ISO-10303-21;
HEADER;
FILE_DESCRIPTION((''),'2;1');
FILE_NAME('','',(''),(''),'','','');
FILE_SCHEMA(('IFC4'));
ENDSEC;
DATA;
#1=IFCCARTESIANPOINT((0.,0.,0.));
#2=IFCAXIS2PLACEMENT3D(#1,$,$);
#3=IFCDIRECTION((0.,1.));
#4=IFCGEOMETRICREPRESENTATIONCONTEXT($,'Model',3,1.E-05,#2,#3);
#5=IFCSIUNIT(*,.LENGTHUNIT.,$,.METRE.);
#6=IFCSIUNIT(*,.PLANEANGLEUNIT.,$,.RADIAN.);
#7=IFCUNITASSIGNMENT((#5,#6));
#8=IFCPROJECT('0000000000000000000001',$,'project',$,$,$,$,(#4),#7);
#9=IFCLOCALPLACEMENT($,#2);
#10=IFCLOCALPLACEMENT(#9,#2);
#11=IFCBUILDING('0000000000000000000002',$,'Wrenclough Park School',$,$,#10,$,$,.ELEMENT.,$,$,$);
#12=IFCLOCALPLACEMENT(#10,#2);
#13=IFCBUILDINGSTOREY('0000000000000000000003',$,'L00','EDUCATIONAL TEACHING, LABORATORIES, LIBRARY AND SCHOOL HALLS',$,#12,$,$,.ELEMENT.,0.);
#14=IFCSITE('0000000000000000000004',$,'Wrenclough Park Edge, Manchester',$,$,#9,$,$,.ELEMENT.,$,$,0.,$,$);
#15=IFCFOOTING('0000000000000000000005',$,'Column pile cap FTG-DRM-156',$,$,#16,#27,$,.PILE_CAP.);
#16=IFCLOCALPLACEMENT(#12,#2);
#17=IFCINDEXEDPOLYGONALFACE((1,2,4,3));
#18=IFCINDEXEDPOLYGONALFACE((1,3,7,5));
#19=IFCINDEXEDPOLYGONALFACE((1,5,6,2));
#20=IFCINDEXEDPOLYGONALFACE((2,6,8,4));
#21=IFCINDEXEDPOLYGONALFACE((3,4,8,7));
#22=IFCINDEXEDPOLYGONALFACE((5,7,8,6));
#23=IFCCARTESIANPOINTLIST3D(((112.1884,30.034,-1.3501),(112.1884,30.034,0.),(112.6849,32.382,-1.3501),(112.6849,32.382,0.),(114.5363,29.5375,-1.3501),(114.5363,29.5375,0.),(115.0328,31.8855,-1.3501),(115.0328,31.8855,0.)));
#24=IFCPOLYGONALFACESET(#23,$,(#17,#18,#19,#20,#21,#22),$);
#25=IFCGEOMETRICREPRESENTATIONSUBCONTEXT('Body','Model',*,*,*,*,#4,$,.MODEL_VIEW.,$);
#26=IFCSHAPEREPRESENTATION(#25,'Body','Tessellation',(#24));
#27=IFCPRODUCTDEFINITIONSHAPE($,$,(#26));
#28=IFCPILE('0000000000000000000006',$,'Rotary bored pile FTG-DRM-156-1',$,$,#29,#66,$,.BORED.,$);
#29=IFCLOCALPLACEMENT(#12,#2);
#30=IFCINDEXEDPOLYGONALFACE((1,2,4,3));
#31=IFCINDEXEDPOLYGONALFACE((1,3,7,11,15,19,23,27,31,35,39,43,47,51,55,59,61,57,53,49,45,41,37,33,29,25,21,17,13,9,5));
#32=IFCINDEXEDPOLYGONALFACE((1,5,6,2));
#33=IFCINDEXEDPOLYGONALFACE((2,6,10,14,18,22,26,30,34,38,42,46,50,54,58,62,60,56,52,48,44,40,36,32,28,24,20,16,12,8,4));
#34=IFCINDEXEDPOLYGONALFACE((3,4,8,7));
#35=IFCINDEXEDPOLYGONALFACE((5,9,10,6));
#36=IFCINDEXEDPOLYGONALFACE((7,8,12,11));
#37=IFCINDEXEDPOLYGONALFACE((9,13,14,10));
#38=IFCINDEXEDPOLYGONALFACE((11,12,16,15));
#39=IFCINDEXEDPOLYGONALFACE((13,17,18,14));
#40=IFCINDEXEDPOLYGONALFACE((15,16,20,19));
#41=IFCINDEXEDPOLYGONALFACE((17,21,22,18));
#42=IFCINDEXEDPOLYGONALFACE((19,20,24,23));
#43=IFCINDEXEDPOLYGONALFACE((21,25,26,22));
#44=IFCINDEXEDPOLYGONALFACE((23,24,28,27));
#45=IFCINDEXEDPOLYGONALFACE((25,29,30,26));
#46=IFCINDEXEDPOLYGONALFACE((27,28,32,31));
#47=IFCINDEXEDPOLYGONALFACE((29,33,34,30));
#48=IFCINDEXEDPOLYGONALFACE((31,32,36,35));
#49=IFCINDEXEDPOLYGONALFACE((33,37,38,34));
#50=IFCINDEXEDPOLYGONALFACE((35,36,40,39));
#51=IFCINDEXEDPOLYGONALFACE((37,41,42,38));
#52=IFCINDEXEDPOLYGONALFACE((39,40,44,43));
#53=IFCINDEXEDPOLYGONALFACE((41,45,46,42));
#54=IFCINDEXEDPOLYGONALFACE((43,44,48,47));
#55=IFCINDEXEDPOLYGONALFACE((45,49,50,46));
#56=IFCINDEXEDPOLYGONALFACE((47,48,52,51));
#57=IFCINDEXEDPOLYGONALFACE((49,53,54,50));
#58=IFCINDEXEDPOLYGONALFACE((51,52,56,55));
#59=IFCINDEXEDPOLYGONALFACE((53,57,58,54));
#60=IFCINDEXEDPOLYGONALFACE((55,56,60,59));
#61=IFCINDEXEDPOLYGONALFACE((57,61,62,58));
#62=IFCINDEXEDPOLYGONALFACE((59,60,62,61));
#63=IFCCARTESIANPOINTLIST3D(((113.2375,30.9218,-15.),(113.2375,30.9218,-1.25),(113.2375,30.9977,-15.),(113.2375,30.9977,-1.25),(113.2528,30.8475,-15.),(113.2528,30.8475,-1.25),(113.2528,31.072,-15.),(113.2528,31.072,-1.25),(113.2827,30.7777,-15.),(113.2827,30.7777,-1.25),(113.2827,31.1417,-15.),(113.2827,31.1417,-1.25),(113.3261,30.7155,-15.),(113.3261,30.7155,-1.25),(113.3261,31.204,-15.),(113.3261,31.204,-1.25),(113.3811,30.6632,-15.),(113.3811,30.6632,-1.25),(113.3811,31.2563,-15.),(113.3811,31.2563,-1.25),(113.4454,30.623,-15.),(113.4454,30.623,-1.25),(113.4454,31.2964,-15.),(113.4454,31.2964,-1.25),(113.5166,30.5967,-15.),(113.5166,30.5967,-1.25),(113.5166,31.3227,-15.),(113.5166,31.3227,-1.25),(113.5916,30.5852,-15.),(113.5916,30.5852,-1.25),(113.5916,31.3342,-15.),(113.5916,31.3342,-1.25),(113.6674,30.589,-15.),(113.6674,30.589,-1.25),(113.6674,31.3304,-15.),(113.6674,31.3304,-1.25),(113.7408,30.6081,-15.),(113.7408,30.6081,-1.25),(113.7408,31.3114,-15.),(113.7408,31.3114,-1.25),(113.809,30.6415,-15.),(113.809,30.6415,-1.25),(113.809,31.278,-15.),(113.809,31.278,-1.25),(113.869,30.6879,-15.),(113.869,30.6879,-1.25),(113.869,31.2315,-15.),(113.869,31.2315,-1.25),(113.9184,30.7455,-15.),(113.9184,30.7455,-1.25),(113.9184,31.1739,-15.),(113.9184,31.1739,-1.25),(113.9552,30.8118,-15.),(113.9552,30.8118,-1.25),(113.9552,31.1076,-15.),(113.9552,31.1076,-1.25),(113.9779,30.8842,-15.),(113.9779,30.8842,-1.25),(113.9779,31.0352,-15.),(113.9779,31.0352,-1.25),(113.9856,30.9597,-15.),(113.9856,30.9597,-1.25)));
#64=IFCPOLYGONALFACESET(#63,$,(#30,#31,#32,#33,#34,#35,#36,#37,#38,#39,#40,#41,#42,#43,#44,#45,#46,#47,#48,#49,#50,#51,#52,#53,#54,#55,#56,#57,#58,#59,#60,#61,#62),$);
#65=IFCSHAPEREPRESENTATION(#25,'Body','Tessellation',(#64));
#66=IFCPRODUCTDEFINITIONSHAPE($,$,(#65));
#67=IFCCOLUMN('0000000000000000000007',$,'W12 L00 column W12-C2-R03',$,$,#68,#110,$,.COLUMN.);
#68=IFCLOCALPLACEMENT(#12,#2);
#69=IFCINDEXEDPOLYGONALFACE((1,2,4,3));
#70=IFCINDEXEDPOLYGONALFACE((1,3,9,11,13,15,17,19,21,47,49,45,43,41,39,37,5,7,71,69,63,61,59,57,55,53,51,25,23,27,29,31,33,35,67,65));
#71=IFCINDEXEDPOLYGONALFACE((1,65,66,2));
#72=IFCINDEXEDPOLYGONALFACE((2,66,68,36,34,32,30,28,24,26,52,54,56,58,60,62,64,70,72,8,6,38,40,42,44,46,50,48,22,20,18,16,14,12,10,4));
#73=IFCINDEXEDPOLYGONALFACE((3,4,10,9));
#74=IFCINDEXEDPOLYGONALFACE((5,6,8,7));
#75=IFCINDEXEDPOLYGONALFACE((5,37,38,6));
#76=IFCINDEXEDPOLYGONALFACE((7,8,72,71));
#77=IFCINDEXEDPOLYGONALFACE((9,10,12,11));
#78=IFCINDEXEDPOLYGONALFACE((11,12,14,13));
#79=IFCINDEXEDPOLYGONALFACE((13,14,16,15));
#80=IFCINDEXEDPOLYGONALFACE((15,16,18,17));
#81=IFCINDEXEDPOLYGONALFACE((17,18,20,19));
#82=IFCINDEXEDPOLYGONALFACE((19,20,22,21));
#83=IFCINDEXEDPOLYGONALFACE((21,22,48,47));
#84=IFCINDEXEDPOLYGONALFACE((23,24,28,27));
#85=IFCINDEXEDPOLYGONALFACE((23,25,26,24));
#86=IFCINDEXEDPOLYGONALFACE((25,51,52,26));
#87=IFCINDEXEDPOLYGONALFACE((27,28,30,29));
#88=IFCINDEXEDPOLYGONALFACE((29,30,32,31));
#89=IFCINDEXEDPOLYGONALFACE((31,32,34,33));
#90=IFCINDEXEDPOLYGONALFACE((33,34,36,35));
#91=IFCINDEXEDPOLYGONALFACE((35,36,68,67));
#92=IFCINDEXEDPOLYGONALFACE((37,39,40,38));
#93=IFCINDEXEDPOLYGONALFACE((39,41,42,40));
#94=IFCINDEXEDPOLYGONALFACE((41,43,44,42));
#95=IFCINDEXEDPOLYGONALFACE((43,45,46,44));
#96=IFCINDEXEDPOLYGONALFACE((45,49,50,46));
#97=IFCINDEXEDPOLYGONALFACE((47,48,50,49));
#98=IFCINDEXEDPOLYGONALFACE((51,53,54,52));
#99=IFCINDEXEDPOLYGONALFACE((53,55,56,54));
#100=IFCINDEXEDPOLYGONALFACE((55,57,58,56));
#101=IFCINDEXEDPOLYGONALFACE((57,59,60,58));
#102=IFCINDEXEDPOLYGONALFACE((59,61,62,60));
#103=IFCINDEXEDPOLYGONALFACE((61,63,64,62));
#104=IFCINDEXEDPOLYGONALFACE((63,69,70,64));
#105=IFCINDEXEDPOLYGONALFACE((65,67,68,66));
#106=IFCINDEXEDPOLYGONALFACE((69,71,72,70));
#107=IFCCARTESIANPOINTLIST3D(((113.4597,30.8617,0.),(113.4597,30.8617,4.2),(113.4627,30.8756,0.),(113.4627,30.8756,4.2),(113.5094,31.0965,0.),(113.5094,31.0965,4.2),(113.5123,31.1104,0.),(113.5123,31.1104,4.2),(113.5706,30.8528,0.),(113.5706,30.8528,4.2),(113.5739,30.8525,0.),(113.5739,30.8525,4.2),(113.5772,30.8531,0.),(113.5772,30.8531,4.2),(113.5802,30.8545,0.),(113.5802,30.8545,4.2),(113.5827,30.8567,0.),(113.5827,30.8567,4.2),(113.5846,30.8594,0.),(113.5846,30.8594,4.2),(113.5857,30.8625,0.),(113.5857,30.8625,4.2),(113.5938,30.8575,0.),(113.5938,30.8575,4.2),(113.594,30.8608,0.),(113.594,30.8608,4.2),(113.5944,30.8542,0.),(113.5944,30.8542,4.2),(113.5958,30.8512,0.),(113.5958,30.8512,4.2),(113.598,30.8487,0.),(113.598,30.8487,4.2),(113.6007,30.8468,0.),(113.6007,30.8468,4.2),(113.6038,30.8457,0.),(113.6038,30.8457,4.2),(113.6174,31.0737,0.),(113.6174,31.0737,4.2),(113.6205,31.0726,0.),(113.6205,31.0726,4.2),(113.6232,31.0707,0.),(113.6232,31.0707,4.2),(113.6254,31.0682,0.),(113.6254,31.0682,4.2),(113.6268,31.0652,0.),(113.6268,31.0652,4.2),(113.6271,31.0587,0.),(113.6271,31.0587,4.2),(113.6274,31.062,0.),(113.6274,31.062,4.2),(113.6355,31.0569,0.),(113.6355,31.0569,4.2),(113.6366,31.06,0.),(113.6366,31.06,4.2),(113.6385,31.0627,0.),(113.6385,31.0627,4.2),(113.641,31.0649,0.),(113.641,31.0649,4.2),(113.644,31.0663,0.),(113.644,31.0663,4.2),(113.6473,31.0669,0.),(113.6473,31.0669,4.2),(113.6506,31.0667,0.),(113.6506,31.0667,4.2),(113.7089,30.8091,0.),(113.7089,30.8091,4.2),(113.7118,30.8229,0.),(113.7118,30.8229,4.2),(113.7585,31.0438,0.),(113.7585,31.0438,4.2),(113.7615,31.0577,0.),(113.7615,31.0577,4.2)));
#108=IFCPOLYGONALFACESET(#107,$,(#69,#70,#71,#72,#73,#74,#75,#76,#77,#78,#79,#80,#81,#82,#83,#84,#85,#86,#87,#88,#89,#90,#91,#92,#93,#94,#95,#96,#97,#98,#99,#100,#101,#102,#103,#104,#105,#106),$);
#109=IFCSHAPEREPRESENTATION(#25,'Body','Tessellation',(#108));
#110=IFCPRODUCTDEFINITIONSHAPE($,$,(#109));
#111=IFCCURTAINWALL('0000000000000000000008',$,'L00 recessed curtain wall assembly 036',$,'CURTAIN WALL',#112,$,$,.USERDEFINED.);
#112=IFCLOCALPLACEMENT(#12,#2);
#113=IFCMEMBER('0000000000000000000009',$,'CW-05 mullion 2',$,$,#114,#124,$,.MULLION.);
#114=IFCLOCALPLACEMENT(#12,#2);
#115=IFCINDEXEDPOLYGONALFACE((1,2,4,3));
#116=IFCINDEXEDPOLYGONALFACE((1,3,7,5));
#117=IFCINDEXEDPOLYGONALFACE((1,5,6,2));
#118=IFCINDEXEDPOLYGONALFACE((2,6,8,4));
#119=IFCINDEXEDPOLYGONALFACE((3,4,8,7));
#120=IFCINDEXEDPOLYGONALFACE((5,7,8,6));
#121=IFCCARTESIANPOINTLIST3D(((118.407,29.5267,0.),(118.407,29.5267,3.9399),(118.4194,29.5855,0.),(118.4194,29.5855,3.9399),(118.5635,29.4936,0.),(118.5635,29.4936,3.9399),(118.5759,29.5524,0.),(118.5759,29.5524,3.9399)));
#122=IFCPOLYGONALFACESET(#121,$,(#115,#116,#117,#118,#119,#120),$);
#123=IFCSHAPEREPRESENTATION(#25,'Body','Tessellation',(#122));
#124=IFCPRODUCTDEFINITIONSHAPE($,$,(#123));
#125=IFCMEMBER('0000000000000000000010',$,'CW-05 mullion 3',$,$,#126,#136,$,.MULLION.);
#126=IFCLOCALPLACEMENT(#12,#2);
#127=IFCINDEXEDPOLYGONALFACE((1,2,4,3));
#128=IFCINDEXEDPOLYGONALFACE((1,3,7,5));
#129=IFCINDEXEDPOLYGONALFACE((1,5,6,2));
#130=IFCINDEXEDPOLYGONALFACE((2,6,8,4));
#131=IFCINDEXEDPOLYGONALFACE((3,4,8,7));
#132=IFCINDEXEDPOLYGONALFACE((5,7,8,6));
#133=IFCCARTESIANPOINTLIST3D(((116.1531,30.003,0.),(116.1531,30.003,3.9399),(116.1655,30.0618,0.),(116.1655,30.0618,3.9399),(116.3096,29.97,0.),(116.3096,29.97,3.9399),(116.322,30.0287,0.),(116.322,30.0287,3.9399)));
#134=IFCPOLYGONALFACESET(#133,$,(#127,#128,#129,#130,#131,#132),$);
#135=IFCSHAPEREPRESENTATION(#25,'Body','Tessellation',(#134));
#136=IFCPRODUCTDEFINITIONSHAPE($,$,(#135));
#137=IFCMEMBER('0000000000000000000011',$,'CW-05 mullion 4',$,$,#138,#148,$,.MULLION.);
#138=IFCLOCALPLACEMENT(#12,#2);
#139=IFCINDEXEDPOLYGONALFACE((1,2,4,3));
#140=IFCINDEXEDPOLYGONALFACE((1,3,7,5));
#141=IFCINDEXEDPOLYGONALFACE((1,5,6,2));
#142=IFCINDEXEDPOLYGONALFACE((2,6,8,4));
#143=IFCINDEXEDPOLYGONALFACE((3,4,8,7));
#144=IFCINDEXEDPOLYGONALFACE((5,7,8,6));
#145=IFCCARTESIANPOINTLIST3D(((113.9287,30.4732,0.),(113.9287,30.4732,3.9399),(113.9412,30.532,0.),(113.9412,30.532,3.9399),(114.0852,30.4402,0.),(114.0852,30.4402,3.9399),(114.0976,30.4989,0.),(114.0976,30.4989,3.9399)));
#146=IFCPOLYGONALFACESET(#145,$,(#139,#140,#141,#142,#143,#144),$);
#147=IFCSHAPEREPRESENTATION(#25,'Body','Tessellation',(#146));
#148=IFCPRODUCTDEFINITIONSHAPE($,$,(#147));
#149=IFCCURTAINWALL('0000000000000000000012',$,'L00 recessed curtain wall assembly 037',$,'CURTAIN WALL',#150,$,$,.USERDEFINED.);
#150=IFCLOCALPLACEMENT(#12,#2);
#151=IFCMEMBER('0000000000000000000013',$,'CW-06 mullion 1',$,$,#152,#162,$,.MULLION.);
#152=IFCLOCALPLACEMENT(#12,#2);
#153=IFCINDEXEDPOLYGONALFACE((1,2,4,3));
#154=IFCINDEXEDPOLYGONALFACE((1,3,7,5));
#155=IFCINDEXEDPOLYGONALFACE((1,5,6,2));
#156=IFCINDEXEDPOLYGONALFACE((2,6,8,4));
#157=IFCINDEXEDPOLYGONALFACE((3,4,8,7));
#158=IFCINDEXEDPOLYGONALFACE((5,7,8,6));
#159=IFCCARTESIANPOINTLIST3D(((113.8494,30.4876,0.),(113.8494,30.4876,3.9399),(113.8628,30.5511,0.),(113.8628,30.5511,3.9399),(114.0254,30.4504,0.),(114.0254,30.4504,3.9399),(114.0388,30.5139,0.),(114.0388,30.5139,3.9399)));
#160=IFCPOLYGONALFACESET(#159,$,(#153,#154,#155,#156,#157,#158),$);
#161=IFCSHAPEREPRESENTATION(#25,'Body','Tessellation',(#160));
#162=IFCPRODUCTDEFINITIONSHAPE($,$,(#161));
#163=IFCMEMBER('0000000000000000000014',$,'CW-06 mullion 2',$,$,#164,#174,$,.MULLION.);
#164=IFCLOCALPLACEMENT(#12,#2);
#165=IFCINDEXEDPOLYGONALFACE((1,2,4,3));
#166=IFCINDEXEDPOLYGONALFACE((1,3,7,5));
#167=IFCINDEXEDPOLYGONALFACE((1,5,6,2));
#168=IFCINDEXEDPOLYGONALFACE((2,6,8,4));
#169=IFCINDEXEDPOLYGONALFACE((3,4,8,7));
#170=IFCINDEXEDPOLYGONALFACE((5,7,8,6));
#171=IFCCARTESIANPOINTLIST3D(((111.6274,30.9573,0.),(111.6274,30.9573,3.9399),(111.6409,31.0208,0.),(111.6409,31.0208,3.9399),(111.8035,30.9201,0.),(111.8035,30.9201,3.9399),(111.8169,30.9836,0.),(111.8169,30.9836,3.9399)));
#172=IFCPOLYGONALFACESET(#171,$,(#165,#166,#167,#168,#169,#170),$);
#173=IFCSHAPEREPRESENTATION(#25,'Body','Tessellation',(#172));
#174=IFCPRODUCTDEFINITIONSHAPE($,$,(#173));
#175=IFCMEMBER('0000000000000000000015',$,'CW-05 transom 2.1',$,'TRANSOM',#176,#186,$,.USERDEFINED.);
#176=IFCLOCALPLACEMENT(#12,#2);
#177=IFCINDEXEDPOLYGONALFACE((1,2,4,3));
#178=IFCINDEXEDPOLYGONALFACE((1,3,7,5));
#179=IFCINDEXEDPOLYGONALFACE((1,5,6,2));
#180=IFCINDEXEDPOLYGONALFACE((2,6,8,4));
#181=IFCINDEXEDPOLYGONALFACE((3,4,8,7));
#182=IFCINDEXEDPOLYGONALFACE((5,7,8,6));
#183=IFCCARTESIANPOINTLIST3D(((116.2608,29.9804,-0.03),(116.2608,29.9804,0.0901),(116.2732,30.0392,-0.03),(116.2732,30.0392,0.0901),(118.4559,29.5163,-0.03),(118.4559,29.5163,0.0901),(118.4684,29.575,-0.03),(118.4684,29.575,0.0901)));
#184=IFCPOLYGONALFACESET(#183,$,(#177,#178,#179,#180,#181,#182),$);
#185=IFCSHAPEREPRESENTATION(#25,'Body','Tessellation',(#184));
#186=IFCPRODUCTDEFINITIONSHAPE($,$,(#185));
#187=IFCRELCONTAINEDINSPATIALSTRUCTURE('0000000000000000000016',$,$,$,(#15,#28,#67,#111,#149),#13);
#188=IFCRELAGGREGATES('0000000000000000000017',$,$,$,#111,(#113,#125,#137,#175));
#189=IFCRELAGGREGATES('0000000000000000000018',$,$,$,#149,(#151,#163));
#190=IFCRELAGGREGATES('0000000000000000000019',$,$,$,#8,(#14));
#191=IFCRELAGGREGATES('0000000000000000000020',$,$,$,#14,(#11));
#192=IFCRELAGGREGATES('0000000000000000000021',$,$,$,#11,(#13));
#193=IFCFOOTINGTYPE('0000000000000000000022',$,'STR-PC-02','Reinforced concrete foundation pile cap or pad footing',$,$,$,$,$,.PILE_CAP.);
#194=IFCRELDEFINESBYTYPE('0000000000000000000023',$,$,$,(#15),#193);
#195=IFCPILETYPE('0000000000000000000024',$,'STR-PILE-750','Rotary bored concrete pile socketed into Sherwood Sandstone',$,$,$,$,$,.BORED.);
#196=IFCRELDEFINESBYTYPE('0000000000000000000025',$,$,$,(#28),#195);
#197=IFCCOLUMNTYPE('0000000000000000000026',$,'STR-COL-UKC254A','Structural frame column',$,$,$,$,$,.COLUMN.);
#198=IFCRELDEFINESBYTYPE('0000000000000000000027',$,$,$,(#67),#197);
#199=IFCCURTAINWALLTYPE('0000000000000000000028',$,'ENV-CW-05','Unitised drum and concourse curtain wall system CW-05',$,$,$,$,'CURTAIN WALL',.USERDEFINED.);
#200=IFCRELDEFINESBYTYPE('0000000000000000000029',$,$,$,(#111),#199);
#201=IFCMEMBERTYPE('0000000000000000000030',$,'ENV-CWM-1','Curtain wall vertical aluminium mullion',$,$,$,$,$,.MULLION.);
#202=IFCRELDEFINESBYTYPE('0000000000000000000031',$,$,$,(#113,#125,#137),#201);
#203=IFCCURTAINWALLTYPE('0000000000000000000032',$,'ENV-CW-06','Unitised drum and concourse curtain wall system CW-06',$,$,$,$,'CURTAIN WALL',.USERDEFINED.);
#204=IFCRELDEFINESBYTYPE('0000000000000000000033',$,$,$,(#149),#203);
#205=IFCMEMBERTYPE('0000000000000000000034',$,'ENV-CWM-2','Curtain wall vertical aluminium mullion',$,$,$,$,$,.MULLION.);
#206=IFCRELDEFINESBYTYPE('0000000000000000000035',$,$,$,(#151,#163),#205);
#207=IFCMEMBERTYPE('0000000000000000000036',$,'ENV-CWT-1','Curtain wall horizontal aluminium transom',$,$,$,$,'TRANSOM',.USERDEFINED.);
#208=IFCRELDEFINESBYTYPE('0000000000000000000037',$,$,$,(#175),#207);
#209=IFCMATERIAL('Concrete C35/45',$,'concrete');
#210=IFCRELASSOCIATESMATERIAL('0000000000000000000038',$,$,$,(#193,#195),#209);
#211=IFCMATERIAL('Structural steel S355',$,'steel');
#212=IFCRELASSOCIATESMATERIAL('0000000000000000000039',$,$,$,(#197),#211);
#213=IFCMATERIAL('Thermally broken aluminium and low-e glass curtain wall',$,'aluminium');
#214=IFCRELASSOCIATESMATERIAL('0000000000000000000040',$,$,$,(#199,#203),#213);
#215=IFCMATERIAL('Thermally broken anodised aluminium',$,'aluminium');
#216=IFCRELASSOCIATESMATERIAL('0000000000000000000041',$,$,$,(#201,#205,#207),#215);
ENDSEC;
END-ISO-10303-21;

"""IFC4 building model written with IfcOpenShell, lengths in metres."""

from ifc_helpers import new_model, si_unit, direction, frame, origin, origin_2d, place, context, subcontext, project, spatial, rectangle, circle, i_section, extrude, material, material_profile, profile_set, type_object, element, aggregate, save


model = new_model("IFC4")

# Units and contexts
model_context = context("Model", 3, precision=1e-05, world=origin(), true_north=direction((0.0, 1.0)))
body_context = subcontext(model_context, "Body", "Model", "MODEL_VIEW")
ifc_project = project(units=[si_unit("LENGTHUNIT", "METRE"), si_unit("PLANEANGLEUNIT", "RADIAN")], contexts=[model_context])

# Site, building, storey
site_placement = place(None, origin())
site = spatial("IfcSite", under=ifc_project, at=site_placement, Name="Wrenclough Park Edge, Manchester", CompositionType="ELEMENT", RefElevation=0.0)
building_placement = place(site_placement, origin())
building = spatial("IfcBuilding", under=site, at=building_placement, Name="Wrenclough Park School", CompositionType="ELEMENT")
storey_placement = place(building_placement, origin())
storey = spatial("IfcBuildingStorey", under=building, at=storey_placement, Name="L00", Description="EDUCATIONAL TEACHING, LABORATORIES, LIBRARY AND SCHOOL HALLS", CompositionType="ELEMENT", Elevation=0.0)

# Footing
ifc_material_1 = material(Name="Concrete C35/45", Category="concrete")
footing_type = type_object("IfcFootingType", Name="STR-PC-02", Description="Reinforced concrete foundation pile cap or pad footing", PredefinedType="PILE_CAP", material=ifc_material_1)
footing_placement = place(storey_placement, frame((113.6106, 30.9597, -1.3501), z_axis=(0.0, 0.0, 1.0), x_axis=(0.978365, -0.206887, 0.0)))
element("IfcFooting", 1, at=footing_placement, inside=storey, type_object=footing_type, Name="Column pile cap FTG-DRM-156", PredefinedType="PILE_CAP", context=body_context, shape_type="SweptSolid", body=[
    extrude(rectangle(XDim=2.3999, YDim=2.3999, at=origin_2d()), origin(), (0.0, 0.0, 1.0), 1.3501),
])

# Pile
ifc_material_profile_1 = material_profile(ifc_material_1, circle(Radius=0.375, at=origin_2d()), Name="BORED PILE D750")
ifc_profile_set_1 = profile_set([ifc_material_profile_1], Name="Concrete C35/45")
pile_type = type_object("IfcPileType", Name="STR-PILE-750", Description="Rotary bored concrete pile socketed into Sherwood Sandstone", PredefinedType="BORED", material=ifc_profile_set_1)
pile_placement = place(storey_placement, frame((113.6106, 30.9597, -1.25), z_axis=(0.0, 0.0, -1.0), x_axis=(1.0, 0.0, 0.0)))
element("IfcPile", 2, at=pile_placement, inside=storey, type_object=pile_type, Name="Rotary bored pile FTG-DRM-156-1", PredefinedType="BORED", context=body_context, shape_type="SweptSolid", body=[
    extrude(circle(Radius=0.375, at=origin_2d()), origin(), (0.0, 0.0, 1.0), 13.75),
])

# Column
ifc_material_2 = material(Name="Structural steel S355", Category="steel")
ifc_material_profile_2 = material_profile(ifc_material_2, i_section(OverallWidth=0.2546, OverallDepth=0.2542, WebThickness=0.0085, FlangeThickness=0.0142, FilletRadius=0.0127, at=origin_2d()), Name="UKC 254x254x73")
ifc_profile_set_2 = profile_set([ifc_material_profile_2], Name="Structural steel S355")
column_type = type_object("IfcColumnType", Name="STR-COL-UKC254A", Description="Structural frame column", PredefinedType="COLUMN", material=ifc_profile_set_2)
column_placement = place(storey_placement, frame((113.6106, 30.9597, 0.0), z_axis=(0.0, 0.0, 1.0), x_axis=(0.978365, -0.206887, 0.0)))
element("IfcColumn", 3, at=column_placement, inside=storey, type_object=column_type, Name="W12 L00 column W12-C2-R03", PredefinedType="COLUMN", context=body_context, shape_type="SweptSolid", body=[
    extrude(i_section(OverallWidth=0.2546, OverallDepth=0.2542, WebThickness=0.0085, FlangeThickness=0.0142, FilletRadius=0.0127, at=origin_2d()), origin(), (0.0, 0.0, 1.0), 4.2),
])

# Curtain walls, members
ifc_material_3 = material(Name="Thermally broken aluminium and low-e glass curtain wall", Category="aluminium")
curtain_wall_type_1 = type_object("IfcCurtainWallType", Name="ENV-CW-05", Description="Unitised drum and concourse curtain wall system CW-05", ElementType="CURTAIN WALL", PredefinedType="USERDEFINED", material=ifc_material_3)
curtain_wall_1_placement = place(storey_placement, origin())
curtain_wall_1 = element("IfcCurtainWall", 4, at=curtain_wall_1_placement, inside=storey, type_object=curtain_wall_type_1, Name="L00 recessed curtain wall assembly 036", ObjectType="CURTAIN WALL", PredefinedType="USERDEFINED")
ifc_material_4 = material(Name="Thermally broken anodised aluminium", Category="aluminium")
ifc_material_profile_3 = material_profile(ifc_material_4, rectangle(XDim=0.0601, YDim=0.1599, at=origin_2d()), Name="AL MULLION 60x160")
ifc_profile_set_3 = profile_set([ifc_material_profile_3], Name="Thermally broken anodised aluminium")
member_type_1 = type_object("IfcMemberType", Name="ENV-CWM-1", Description="Curtain wall vertical aluminium mullion", PredefinedType="MULLION", material=ifc_profile_set_3)
member_1_placement = place(storey_placement, frame((118.4915, 29.5396, 0.0), z_axis=(0.0, 0.0, 1.0), x_axis=(-0.206815, -0.97838, 0.0)))
member_1 = element("IfcMember", 5, at=member_1_placement, type_object=member_type_1, Name="CW-05 mullion 2", PredefinedType="MULLION", context=body_context, shape_type="SweptSolid", body=[
    extrude(rectangle(XDim=0.0601, YDim=0.1599, at=origin_2d()), origin(), (0.0, 0.0, 1.0), 3.9399),
])
member_2_placement = place(storey_placement, frame((116.2375, 30.0159, 0.0), z_axis=(0.0, 0.0, 1.0), x_axis=(-0.206815, -0.97838, 0.0)))
member_2 = element("IfcMember", 6, at=member_2_placement, type_object=member_type_1, Name="CW-05 mullion 3", PredefinedType="MULLION", context=body_context, shape_type="SweptSolid", body=[
    extrude(rectangle(XDim=0.0601, YDim=0.1599, at=origin_2d()), origin(), (0.0, 0.0, 1.0), 3.9399),
])
member_3_placement = place(storey_placement, frame((114.0132, 30.4861, 0.0), z_axis=(0.0, 0.0, 1.0), x_axis=(-0.206815, -0.97838, 0.0)))
member_3 = element("IfcMember", 7, at=member_3_placement, type_object=member_type_1, Name="CW-05 mullion 4", PredefinedType="MULLION", context=body_context, shape_type="SweptSolid", body=[
    extrude(rectangle(XDim=0.0601, YDim=0.1599, at=origin_2d()), origin(), (0.0, 0.0, 1.0), 3.9399),
])
curtain_wall_type_2 = type_object("IfcCurtainWallType", Name="ENV-CW-06", Description="Unitised drum and concourse curtain wall system CW-06", ElementType="CURTAIN WALL", PredefinedType="USERDEFINED", material=ifc_material_3)
curtain_wall_2_placement = place(storey_placement, origin())
curtain_wall_2 = element("IfcCurtainWall", 8, at=curtain_wall_2_placement, inside=storey, type_object=curtain_wall_type_2, Name="L00 recessed curtain wall assembly 037", ObjectType="CURTAIN WALL", PredefinedType="USERDEFINED")
ifc_material_profile_4 = material_profile(ifc_material_4, rectangle(XDim=0.0649, YDim=0.1799, at=origin_2d()), Name="AL MULLION 65x180")
ifc_profile_set_4 = profile_set([ifc_material_profile_4], Name="Thermally broken anodised aluminium")
member_type_2 = type_object("IfcMemberType", Name="ENV-CWM-2", Description="Curtain wall vertical aluminium mullion", PredefinedType="MULLION", material=ifc_profile_set_4)
member_4_placement = place(storey_placement, frame((113.9441, 30.5007, 0.0), z_axis=(0.0, 0.0, 1.0), x_axis=(-0.206818, -0.978379, 0.0)))
member_4 = element("IfcMember", 9, at=member_4_placement, type_object=member_type_2, Name="CW-06 mullion 1", PredefinedType="MULLION", context=body_context, shape_type="SweptSolid", body=[
    extrude(rectangle(XDim=0.0649, YDim=0.1799, at=origin_2d()), origin(), (0.0, 0.0, 1.0), 3.9399),
])
member_5_placement = place(storey_placement, frame((111.7222, 30.9705, 0.0), z_axis=(0.0, 0.0, 1.0), x_axis=(-0.206818, -0.978379, 0.0)))
member_5 = element("IfcMember", 10, at=member_5_placement, type_object=member_type_2, Name="CW-06 mullion 2", PredefinedType="MULLION", context=body_context, shape_type="SweptSolid", body=[
    extrude(rectangle(XDim=0.0649, YDim=0.1799, at=origin_2d()), origin(), (0.0, 0.0, 1.0), 3.9399),
])

# Member
ifc_material_profile_5 = material_profile(ifc_material_4, rectangle(XDim=0.0601, YDim=0.1201, at=origin_2d()), Name="AL TRANSOM 60x120")
ifc_profile_set_5 = profile_set([ifc_material_profile_5], Name="Thermally broken anodised aluminium")
member_type_3 = type_object("IfcMemberType", Name="ENV-CWT-1", Description="Curtain wall horizontal aluminium transom", ElementType="TRANSOM", PredefinedType="USERDEFINED", material=ifc_profile_set_5)
member_6_placement = place(storey_placement, frame((118.4622, 29.5457, 0.03), z_axis=(-0.97837, 0.20686, 0.0), x_axis=(-0.20686, -0.97837, 0.0)))
member_6 = element("IfcMember", 11, at=member_6_placement, type_object=member_type_3, Name="CW-05 transom 2.1", ObjectType="TRANSOM", PredefinedType="USERDEFINED", context=body_context, shape_type="SweptSolid", body=[
    extrude(rectangle(XDim=0.0601, YDim=0.1201, at=origin_2d()), origin(), (0.0, 0.0, 1.0), 2.2437),
])

aggregate(curtain_wall_1, [member_1, member_2, member_3, member_6])
aggregate(curtain_wall_2, [member_4, member_5])

save(model, "model.ifc")
